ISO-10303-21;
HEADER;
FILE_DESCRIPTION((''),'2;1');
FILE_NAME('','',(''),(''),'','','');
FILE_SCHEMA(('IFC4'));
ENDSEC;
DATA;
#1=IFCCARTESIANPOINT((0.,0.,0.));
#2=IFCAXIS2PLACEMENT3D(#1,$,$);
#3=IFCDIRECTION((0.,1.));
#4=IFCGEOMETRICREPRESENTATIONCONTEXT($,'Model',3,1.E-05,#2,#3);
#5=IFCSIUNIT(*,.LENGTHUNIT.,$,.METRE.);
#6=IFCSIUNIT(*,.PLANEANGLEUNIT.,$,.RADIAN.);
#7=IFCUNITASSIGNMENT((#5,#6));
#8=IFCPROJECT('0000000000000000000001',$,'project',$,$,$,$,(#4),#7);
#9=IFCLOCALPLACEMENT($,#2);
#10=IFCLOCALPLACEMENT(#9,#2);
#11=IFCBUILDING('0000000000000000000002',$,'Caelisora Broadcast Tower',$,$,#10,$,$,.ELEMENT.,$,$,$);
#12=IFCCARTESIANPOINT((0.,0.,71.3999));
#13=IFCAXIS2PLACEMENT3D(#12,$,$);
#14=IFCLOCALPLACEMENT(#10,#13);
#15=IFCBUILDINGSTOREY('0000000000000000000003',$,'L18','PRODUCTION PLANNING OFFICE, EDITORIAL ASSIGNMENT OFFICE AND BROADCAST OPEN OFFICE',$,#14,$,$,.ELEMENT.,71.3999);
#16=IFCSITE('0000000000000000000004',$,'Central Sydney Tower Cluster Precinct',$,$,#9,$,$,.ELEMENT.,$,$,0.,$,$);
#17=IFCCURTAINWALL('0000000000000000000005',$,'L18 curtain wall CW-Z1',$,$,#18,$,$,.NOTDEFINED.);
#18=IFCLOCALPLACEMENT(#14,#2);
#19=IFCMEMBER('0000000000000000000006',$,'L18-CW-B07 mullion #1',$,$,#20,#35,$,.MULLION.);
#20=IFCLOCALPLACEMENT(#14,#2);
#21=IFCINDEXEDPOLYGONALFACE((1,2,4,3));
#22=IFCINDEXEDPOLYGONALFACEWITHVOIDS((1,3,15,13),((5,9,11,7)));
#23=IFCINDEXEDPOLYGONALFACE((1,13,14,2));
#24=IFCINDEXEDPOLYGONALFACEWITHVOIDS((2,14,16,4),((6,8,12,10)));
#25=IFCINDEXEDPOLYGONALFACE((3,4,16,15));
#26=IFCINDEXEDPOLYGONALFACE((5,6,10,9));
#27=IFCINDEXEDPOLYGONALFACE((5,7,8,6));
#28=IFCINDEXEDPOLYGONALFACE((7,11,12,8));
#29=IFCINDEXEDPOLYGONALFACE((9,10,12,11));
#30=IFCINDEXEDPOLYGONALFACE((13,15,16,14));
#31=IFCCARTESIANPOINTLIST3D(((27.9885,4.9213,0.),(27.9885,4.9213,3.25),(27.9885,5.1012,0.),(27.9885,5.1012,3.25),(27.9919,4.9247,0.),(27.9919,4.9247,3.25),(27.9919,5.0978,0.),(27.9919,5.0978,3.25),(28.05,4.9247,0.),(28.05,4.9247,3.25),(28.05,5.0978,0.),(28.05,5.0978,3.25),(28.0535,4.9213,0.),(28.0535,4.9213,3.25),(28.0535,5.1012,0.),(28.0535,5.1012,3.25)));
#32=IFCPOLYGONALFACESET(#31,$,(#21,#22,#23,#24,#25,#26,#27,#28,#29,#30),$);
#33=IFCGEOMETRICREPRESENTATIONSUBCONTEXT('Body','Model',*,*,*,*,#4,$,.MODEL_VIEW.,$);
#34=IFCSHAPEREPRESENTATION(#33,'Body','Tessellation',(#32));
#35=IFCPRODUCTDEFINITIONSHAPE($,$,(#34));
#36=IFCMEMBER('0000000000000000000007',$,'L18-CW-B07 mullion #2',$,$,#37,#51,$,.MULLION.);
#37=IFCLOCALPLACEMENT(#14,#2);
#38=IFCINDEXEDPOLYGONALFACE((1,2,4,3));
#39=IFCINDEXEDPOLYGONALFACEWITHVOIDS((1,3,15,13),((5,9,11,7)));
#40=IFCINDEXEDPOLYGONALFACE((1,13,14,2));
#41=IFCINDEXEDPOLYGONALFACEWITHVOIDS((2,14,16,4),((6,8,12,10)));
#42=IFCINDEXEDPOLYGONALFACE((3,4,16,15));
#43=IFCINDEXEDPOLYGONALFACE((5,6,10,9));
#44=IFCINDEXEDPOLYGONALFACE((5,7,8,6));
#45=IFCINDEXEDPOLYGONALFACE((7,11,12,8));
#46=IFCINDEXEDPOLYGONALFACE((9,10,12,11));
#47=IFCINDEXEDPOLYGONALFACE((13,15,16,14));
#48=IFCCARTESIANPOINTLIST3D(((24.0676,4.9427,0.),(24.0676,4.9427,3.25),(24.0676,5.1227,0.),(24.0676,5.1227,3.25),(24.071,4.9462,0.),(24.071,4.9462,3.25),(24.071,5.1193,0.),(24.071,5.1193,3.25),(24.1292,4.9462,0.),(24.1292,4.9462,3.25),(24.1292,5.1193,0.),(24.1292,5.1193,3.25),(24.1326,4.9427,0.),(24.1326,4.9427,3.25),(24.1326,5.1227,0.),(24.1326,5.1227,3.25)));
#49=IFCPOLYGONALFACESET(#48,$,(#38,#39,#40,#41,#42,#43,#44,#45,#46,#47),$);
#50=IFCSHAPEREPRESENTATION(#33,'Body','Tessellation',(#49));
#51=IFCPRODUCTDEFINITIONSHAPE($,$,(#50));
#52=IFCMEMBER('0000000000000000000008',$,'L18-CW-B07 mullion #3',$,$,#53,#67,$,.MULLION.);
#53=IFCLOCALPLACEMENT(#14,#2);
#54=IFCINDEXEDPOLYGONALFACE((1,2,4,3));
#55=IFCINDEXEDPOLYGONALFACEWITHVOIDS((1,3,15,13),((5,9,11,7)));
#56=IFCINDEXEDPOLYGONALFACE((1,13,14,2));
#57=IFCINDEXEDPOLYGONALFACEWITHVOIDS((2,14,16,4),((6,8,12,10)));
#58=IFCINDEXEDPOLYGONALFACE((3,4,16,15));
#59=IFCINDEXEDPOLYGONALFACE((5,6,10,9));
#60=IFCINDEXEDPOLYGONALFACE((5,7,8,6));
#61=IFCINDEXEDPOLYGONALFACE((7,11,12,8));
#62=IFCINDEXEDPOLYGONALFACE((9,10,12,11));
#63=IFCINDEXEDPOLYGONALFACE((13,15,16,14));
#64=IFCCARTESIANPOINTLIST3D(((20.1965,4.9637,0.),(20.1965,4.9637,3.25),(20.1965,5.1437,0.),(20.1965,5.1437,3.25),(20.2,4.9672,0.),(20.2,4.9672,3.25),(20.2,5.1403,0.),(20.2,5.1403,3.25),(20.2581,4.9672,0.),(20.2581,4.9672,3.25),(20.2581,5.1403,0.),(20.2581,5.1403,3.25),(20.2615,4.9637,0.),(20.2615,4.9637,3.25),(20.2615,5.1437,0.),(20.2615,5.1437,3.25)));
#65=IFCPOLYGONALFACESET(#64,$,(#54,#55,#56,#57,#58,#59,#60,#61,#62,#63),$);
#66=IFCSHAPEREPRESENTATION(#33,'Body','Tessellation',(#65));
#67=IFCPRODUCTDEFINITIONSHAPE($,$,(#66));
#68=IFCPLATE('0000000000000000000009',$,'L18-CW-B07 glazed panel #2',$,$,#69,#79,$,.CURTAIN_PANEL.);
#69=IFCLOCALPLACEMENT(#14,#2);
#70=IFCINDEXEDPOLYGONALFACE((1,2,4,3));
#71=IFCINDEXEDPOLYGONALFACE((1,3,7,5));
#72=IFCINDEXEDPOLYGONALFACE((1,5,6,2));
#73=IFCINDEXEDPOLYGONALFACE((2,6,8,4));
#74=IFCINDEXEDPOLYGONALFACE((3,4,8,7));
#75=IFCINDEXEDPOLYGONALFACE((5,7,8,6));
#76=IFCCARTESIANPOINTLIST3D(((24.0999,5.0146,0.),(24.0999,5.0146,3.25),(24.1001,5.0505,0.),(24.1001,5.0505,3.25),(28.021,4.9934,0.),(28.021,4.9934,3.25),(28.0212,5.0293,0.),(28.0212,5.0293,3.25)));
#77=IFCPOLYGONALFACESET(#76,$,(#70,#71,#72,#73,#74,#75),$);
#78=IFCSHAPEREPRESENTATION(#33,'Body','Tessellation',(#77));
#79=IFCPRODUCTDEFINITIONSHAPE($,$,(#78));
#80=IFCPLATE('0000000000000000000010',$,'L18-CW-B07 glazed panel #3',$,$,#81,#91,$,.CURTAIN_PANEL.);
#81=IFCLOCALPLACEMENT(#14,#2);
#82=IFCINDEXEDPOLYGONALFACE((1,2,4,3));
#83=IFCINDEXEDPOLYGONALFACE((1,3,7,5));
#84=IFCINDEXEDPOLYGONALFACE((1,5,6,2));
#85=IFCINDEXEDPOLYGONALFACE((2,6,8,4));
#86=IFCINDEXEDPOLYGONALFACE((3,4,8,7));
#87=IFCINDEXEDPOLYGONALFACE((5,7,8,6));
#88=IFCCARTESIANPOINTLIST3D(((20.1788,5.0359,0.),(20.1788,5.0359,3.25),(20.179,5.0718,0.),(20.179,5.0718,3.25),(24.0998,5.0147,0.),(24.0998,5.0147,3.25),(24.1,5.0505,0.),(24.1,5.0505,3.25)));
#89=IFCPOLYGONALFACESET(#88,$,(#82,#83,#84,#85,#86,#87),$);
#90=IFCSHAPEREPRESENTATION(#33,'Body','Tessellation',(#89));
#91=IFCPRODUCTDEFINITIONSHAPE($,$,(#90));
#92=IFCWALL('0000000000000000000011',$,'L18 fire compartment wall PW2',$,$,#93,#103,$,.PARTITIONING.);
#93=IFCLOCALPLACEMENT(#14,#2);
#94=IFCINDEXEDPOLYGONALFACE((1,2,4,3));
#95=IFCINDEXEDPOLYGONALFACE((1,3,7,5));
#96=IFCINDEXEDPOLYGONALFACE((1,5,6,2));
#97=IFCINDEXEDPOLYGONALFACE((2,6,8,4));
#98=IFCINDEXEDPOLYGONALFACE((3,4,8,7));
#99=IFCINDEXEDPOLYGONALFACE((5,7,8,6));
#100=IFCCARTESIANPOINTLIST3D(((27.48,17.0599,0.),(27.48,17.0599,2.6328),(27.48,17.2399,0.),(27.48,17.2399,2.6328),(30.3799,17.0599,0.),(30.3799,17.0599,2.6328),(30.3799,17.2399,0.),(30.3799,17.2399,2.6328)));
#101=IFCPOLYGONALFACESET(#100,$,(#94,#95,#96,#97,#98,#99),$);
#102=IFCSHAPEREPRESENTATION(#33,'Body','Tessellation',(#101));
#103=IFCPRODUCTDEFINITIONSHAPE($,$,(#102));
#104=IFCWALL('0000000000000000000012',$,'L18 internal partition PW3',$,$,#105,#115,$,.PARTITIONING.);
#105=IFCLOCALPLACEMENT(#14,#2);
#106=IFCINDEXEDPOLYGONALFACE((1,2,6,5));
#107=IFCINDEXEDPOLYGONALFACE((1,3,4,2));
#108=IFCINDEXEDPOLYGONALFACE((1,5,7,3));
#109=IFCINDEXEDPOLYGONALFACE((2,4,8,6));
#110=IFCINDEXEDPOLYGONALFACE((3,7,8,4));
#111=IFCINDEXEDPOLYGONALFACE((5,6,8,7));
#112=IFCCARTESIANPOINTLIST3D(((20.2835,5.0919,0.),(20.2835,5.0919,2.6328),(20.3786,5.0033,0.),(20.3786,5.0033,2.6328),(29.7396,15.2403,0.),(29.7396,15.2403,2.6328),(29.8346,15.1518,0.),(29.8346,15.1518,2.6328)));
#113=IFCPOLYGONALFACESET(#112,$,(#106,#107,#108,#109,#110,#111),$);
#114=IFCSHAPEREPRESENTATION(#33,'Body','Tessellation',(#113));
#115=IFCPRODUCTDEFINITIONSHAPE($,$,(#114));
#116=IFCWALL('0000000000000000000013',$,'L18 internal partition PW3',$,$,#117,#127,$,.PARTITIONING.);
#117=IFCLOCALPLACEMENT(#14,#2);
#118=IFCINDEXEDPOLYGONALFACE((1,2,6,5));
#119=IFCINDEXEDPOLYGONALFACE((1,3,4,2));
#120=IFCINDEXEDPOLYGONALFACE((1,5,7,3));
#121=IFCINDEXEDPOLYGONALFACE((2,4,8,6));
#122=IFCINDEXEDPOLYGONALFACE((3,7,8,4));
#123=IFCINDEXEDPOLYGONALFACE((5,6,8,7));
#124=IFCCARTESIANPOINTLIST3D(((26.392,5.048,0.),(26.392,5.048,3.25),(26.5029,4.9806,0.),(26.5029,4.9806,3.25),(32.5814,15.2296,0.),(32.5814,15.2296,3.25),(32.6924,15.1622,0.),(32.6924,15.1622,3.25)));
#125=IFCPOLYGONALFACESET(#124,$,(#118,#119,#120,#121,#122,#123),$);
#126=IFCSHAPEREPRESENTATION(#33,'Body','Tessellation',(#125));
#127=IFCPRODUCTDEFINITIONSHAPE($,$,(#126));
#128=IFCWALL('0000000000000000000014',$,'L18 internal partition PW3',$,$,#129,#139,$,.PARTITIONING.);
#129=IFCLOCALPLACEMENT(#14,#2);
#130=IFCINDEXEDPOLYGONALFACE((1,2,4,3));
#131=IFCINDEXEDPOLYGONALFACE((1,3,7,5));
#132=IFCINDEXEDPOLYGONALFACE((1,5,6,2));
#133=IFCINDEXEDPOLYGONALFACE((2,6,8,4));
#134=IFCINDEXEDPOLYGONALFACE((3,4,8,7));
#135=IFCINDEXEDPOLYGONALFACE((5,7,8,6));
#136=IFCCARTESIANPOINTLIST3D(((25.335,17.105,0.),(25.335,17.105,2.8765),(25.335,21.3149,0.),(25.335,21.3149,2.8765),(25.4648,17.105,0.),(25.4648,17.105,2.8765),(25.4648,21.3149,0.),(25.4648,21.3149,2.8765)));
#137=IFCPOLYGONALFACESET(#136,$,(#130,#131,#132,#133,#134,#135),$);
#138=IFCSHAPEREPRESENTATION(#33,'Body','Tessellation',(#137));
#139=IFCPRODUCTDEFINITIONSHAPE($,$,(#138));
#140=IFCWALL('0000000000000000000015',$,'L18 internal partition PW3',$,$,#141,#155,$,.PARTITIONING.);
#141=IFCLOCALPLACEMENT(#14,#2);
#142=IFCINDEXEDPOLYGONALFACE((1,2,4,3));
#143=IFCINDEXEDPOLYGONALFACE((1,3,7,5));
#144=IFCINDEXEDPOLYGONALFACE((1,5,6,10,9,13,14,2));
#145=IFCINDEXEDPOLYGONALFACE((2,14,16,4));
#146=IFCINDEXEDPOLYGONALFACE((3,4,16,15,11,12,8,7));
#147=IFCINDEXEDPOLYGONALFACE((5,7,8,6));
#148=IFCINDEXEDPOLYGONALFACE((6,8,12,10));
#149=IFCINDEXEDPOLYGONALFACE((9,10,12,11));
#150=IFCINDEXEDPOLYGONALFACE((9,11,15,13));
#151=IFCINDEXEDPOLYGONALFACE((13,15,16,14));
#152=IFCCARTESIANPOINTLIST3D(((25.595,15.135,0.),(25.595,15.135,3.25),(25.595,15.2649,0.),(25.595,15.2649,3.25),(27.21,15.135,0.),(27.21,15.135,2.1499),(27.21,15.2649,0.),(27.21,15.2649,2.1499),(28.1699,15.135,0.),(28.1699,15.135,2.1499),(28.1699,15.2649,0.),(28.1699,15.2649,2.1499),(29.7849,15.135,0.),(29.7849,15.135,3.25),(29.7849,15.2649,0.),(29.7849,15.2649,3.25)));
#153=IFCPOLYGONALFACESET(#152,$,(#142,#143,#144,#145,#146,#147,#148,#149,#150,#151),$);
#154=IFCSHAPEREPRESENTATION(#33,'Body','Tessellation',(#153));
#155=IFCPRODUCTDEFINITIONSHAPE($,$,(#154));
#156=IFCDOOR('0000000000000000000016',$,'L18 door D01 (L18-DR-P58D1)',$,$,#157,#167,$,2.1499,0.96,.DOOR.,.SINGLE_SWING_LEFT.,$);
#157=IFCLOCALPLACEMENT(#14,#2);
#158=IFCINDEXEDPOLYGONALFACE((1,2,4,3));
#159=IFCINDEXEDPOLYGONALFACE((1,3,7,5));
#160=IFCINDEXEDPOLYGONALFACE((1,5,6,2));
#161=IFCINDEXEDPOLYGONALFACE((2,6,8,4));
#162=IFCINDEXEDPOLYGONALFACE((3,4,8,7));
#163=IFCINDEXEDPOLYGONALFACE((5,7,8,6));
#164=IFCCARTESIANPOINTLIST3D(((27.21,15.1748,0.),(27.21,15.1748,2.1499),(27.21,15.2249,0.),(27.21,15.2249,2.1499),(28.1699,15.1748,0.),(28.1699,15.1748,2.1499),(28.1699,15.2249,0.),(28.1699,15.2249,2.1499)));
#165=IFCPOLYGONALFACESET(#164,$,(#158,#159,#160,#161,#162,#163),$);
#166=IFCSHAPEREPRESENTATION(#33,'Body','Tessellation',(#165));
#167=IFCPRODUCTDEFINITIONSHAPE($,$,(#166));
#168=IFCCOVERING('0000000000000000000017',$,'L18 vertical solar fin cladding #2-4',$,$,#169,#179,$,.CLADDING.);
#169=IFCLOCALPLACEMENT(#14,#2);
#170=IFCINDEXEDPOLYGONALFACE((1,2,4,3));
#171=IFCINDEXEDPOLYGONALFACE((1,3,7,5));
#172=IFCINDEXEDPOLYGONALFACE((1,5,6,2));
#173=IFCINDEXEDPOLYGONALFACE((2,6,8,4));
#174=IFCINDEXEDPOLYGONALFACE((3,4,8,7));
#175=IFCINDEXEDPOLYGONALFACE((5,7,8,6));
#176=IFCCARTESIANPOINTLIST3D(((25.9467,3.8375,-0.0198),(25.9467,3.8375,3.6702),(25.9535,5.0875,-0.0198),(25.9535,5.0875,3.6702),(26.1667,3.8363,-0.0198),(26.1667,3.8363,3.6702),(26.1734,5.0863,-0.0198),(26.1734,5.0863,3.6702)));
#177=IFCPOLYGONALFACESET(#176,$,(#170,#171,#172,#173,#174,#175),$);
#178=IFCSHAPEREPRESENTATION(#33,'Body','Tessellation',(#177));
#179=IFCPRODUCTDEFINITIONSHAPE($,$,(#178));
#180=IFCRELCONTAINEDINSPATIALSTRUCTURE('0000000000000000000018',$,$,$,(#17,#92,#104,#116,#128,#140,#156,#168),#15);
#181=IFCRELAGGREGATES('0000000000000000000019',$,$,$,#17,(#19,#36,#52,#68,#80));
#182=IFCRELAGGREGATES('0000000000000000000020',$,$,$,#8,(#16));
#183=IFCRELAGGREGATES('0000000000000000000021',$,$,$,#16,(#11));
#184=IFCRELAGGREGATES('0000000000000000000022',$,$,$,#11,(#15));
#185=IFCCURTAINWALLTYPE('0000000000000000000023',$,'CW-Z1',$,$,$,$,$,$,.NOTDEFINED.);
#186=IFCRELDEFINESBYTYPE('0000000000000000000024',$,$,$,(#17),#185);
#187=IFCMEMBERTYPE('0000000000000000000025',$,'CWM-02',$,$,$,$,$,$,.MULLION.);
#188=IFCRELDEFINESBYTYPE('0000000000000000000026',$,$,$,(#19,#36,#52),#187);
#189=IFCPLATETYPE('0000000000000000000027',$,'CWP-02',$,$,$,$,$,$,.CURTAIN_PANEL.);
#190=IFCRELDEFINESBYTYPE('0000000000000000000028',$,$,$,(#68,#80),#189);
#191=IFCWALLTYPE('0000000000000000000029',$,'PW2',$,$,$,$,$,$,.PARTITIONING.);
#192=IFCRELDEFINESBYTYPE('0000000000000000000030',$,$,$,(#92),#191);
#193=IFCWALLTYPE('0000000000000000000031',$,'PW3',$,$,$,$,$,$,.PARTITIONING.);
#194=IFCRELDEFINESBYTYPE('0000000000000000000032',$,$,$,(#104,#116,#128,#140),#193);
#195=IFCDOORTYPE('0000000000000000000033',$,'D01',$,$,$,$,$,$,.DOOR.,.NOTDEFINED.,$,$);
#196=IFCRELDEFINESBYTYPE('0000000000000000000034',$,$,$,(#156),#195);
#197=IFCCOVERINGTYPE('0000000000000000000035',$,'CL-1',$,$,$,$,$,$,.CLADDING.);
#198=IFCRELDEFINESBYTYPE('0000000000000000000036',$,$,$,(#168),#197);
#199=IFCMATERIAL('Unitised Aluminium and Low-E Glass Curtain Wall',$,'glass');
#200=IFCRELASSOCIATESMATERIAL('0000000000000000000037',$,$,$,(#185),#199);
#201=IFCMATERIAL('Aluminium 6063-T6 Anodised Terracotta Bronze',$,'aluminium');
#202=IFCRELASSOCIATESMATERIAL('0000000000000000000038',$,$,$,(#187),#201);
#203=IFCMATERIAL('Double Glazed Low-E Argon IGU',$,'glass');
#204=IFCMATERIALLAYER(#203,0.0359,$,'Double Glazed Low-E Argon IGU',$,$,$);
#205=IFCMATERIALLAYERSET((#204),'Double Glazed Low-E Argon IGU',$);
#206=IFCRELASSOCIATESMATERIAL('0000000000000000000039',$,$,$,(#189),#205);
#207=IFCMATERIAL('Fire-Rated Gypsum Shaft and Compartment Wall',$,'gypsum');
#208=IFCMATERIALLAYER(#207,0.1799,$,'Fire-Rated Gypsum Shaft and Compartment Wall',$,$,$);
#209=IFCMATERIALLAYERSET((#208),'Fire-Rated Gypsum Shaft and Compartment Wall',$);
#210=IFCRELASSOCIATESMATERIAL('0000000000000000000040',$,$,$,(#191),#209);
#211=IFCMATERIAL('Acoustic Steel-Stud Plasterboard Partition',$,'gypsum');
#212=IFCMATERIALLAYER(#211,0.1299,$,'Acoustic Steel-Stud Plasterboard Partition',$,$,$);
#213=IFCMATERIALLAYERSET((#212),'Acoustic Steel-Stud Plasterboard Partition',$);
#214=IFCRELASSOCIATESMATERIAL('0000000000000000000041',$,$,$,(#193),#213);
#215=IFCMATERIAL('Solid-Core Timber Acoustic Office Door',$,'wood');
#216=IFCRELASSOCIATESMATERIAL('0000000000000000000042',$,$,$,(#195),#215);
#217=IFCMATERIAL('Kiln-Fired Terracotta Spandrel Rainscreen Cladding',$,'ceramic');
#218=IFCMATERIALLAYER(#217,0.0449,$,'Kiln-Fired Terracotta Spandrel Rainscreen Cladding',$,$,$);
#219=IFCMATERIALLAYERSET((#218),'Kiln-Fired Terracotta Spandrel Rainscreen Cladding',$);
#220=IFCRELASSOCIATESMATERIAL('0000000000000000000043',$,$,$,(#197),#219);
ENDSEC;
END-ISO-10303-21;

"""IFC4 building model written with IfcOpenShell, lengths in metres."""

from ifc_helpers import new_model, si_unit, direction, frame, frame_2d, origin, origin_2d, place, context, subcontext, project, spatial, rectangle, hollow_rectangle, extrude, source, transform, mapped, material, layer, layer_set, material_profile, profile_set, type_object, type_shapes, element, fill, aggregate, save


model = new_model("IFC4")

# Units and contexts
model_context = context("Model", 3, precision=1e-05, world=origin(), true_north=direction((0.0, 1.0)))
body_context = subcontext(model_context, "Body", "Model", "MODEL_VIEW")
ifc_project = project(units=[si_unit("LENGTHUNIT", "METRE"), si_unit("PLANEANGLEUNIT", "RADIAN")], contexts=[model_context])

# Site, building, storey
site_placement = place(None, origin())
site = spatial("IfcSite", under=ifc_project, at=site_placement, Name="Central Sydney Tower Cluster Precinct", CompositionType="ELEMENT", RefElevation=0.0)
building_placement = place(site_placement, origin())
building = spatial("IfcBuilding", under=site, at=building_placement, Name="Caelisora Broadcast Tower", CompositionType="ELEMENT")
storey_placement = place(building_placement, frame((0.0, 0.0, 71.3999)))
storey = spatial("IfcBuildingStorey", under=building, at=storey_placement, Name="L18", Description="PRODUCTION PLANNING OFFICE, EDITORIAL ASSIGNMENT OFFICE AND BROADCAST OPEN OFFICE", CompositionType="ELEMENT", Elevation=71.3999)

# Curtain wall, members, plates
ifc_material_1 = material(Name="Unitised Aluminium and Low-E Glass Curtain Wall", Category="glass")
curtain_wall_type = type_object("IfcCurtainWallType", Name="CW-Z1", PredefinedType="NOTDEFINED", material=ifc_material_1)
curtain_wall_placement = place(storey_placement, origin())
curtain_wall = element("IfcCurtainWall", 1, at=curtain_wall_placement, inside=storey, type_object=curtain_wall_type, Name="L18 curtain wall CW-Z1", PredefinedType="NOTDEFINED")
ifc_material_2 = material(Name="Aluminium 6063-T6 Anodised Terracotta Bronze", Category="aluminium")
ifc_material_profile_1 = material_profile(ifc_material_2, hollow_rectangle(XDim=0.0649, YDim=0.1799, WallThickness=0.0034, at=origin_2d()), Name="Aluminium 6063-T6 Anodised Terracotta Bronze")
ifc_profile_set_1 = profile_set([ifc_material_profile_1], Name="Aluminium 6063-T6 Anodised Terracotta Bronze")
member_type = type_object("IfcMemberType", Name="CWM-02", PredefinedType="MULLION", material=ifc_profile_set_1)
shared_shape_1 = source(origin(), body_context, "Body", "SweptSolid", [
    extrude(hollow_rectangle(XDim=0.0649, YDim=0.1799, WallThickness=0.0034, at=origin_2d()), origin(), (0.0, 0.0, 1.0), 3.25),
])
type_shapes(member_type, [shared_shape_1])
member_1_placement = place(storey_placement, frame((28.021, 5.0112, 0.0), z_axis=(0.0, 0.0, 1.0), x_axis=(1.0, 0.0, 0.0)))
member_1 = element("IfcMember", 2, at=member_1_placement, type_object=member_type, Name="L18-CW-B07 mullion #1", PredefinedType="MULLION", context=body_context, shape_type="MappedRepresentation", body=[
    mapped(shared_shape_1, transform((0.0, 0.0, 0.0), scale=1.0)),
])
member_2_placement = place(storey_placement, frame((24.1001, 5.0327, 0.0), z_axis=(0.0, 0.0, 1.0), x_axis=(1.0, 0.0, 0.0)))
member_2 = element("IfcMember", 3, at=member_2_placement, type_object=member_type, Name="L18-CW-B07 mullion #2", PredefinedType="MULLION", context=body_context, shape_type="MappedRepresentation", body=[
    mapped(shared_shape_1, transform((0.0, 0.0, 0.0), scale=1.0)),
])
member_3_placement = place(storey_placement, frame((20.229, 5.0537, 0.0), z_axis=(0.0, 0.0, 1.0), x_axis=(1.0, 0.0, 0.0)))
member_3 = element("IfcMember", 4, at=member_3_placement, type_object=member_type, Name="L18-CW-B07 mullion #3", PredefinedType="MULLION", context=body_context, shape_type="MappedRepresentation", body=[
    mapped(shared_shape_1, transform((0.0, 0.0, 0.0), scale=1.0)),
])
ifc_material_3 = material(Name="Double Glazed Low-E Argon IGU", Category="glass")
ifc_layer_1 = layer(ifc_material_3, 0.0359, Name="Double Glazed Low-E Argon IGU")
ifc_layer_set_1 = layer_set([ifc_layer_1], Name="Double Glazed Low-E Argon IGU")
plate_type = type_object("IfcPlateType", Name="CWP-02", PredefinedType="CURTAIN_PANEL", material=ifc_layer_set_1)
shared_shape_2 = source(origin(), body_context, "Body", "SweptSolid", [
    extrude(rectangle(XDim=3.9211, YDim=0.0359, at=origin_2d()), origin(), (0.0, 0.0, 1.0), 3.25),
])
type_shapes(plate_type, [shared_shape_2])
plate_1_placement = place(storey_placement, frame((26.0605, 5.022, 0.0), z_axis=(0.0, 0.0, 1.0), x_axis=(-0.999985, 0.00541, 0.0)))
plate_1 = element("IfcPlate", 5, at=plate_1_placement, type_object=plate_type, Name="L18-CW-B07 glazed panel #2", PredefinedType="CURTAIN_PANEL", context=body_context, shape_type="MappedRepresentation", body=[
    mapped(shared_shape_2, transform((0.0, 0.0, 0.0), scale=1.0)),
])
plate_2_placement = place(storey_placement, frame((22.1394, 5.0432, 0.0), z_axis=(0.0, 0.0, 1.0), x_axis=(-0.999985, 0.00541, 0.0)))
plate_2 = element("IfcPlate", 6, at=plate_2_placement, type_object=plate_type, Name="L18-CW-B07 glazed panel #3", PredefinedType="CURTAIN_PANEL", context=body_context, shape_type="MappedRepresentation", body=[
    mapped(shared_shape_2, transform((0.0, 0.0, 0.0), scale=1.0)),
])
aggregate(curtain_wall, [member_1, member_2, member_3, plate_1, plate_2])

# Shared definitions
ifc_material_4 = material(Name="Fire-Rated Gypsum Shaft and Compartment Wall", Category="gypsum")
ifc_layer_2 = layer(ifc_material_4, 0.1799, Name="Fire-Rated Gypsum Shaft and Compartment Wall")
ifc_layer_set_2 = layer_set([ifc_layer_2], Name="Fire-Rated Gypsum Shaft and Compartment Wall")
wall_type_1 = type_object("IfcWallType", Name="PW2", PredefinedType="PARTITIONING", material=ifc_layer_set_2)

# Walls
wall_1_placement = place(storey_placement, frame((27.48, 17.1499, 0.0), z_axis=(0.0, 0.0, 1.0), x_axis=(1.0, 0.0, 0.0)))
element("IfcWall", 7, at=wall_1_placement, inside=storey, type_object=wall_type_1, Name="L18 fire compartment wall PW2", PredefinedType="PARTITIONING", context=body_context, shape_type="SweptSolid", body=[
    extrude(rectangle(XDim=2.8999, YDim=0.1799, at=frame_2d((1.45, 0.0))), origin(), (0.0, 0.0, 1.0), 2.6328),
])
ifc_material_5 = material(Name="Acoustic Steel-Stud Plasterboard Partition", Category="gypsum")
ifc_layer_3 = layer(ifc_material_5, 0.1299, Name="Acoustic Steel-Stud Plasterboard Partition")
ifc_layer_set_3 = layer_set([ifc_layer_3], Name="Acoustic Steel-Stud Plasterboard Partition")
wall_type_2 = type_object("IfcWallType", Name="PW3", PredefinedType="PARTITIONING", material=ifc_layer_set_3)
wall_2_placement = place(storey_placement, frame((20.3311, 5.0476, 0.0), z_axis=(0.0, 0.0, 1.0), x_axis=(0.681708, 0.731624, 0.0)))
element("IfcWall", 8, at=wall_2_placement, inside=storey, type_object=wall_type_2, Name="L18 internal partition PW3", PredefinedType="PARTITIONING", context=body_context, shape_type="SweptSolid", body=[
    extrude(rectangle(XDim=13.8711, YDim=0.1299, at=frame_2d((6.9355, 0.0))), origin(), (0.0, 0.0, 1.0), 2.6328),
])
wall_3_placement = place(storey_placement, frame((26.4475, 5.0144, 0.0), z_axis=(0.0, 0.0, 1.0), x_axis=(0.519453, 0.854499, 0.0)))
element("IfcWall", 9, at=wall_3_placement, inside=storey, type_object=wall_type_2, Name="L18 internal partition PW3", PredefinedType="PARTITIONING", context=body_context, shape_type="SweptSolid", body=[
    extrude(rectangle(XDim=11.9153, YDim=0.1299, at=frame_2d((5.9575, 0.0))), origin(), (0.0, 0.0, 1.0), 3.25),
])
wall_4_placement = place(storey_placement, frame((25.3999, 17.105, 0.0), z_axis=(0.0, 0.0, 1.0), x_axis=(0.0, 1.0, 0.0)))
element("IfcWall", 10, at=wall_4_placement, inside=storey, type_object=wall_type_2, Name="L18 internal partition PW3", PredefinedType="PARTITIONING", context=body_context, shape_type="SweptSolid", body=[
    extrude(rectangle(XDim=4.21, YDim=0.1299, at=frame_2d((2.105, 0.0))), origin(), (0.0, 0.0, 1.0), 2.8765),
])

# Wall, opening, door
wall_5_placement = place(storey_placement, frame((25.595, 15.2, 0.0), z_axis=(0.0, 0.0, 1.0), x_axis=(1.0, 0.0, 0.0)))
wall_5 = element("IfcWall", 11, at=wall_5_placement, inside=storey, type_object=wall_type_2, Name="L18 internal partition PW3", PredefinedType="PARTITIONING", context=body_context, shape_type="SweptSolid", body=[
    extrude(rectangle(XDim=4.1899, YDim=0.1299, at=frame_2d((2.095, 0.0))), origin(), (0.0, 0.0, 1.0), 3.25),
])
opening_1_placement = place(wall_5_placement, frame((1.615, 0.0, 0.0)))
opening_1 = element("IfcOpeningElement", 12, at=opening_1_placement, cuts=wall_5, PredefinedType="OPENING", context=body_context, shape_type="SweptSolid", body=[
    extrude(rectangle(XDim=0.96, YDim=2.1499, at=frame_2d((0.48, 1.075))), frame((0.0, 0.0769, 0.0), z_axis=(0.0, -1.0, 0.0), x_axis=(1.0, 0.0, 0.0)), (0.0, 0.0, 1.0), 0.1538),
])
ifc_material_6 = material(Name="Solid-Core Timber Acoustic Office Door", Category="wood")
door_type_1 = type_object("IfcDoorType", Name="D01", OperationType="NOTDEFINED", PredefinedType="DOOR", material=ifc_material_6)
door_1_placement = place(opening_1_placement, origin())
door_1 = element("IfcDoor", 13, at=door_1_placement, inside=storey, type_object=door_type_1, Name="L18 door D01 (L18-DR-P58D1)", OperationType="SINGLE_SWING_LEFT", OverallHeight=2.1499, OverallWidth=0.96, PredefinedType="DOOR", context=body_context, shape_type="SweptSolid", body=[
    extrude(rectangle(XDim=0.96, YDim=2.1499, at=frame_2d((0.48, 1.075))), frame((0.0, 0.0249, 0.0), z_axis=(0.0, -1.0, 0.0), x_axis=(1.0, 0.0, 0.0)), (0.0, 0.0, 1.0), 0.05),
])
fill(opening_1, door_1)

# Covering
ifc_material_7 = material(Name="Kiln-Fired Terracotta Spandrel Rainscreen Cladding", Category="ceramic")
ifc_layer_4 = layer(ifc_material_7, 0.0449, Name="Kiln-Fired Terracotta Spandrel Rainscreen Cladding")
ifc_layer_set_4 = layer_set([ifc_layer_4], Name="Kiln-Fired Terracotta Spandrel Rainscreen Cladding")
covering_type = type_object("IfcCoveringType", Name="CL-1", PredefinedType="CLADDING", material=ifc_layer_set_4)
shared_shape_3 = source(origin(), body_context, "Body", "SweptSolid", [
    extrude(rectangle(XDim=0.22, YDim=1.25, at=origin_2d()), origin(), (0.0, 0.0, 1.0), 3.6899),
])
type_shapes(covering_type, [shared_shape_3])
covering_placement = place(storey_placement, frame((26.0601, 4.4619, -0.0198), z_axis=(0.0, 0.0, 1.0), x_axis=(-0.999985, 0.00541, 0.0)))
element("IfcCovering", 14, at=covering_placement, inside=storey, type_object=covering_type, Name="L18 vertical solar fin cladding #2-4", PredefinedType="CLADDING", context=body_context, shape_type="MappedRepresentation", body=[
    mapped(shared_shape_3, transform((0.0, 0.0, 0.0), scale=1.0)),
])

save(model, "model.ifc")
